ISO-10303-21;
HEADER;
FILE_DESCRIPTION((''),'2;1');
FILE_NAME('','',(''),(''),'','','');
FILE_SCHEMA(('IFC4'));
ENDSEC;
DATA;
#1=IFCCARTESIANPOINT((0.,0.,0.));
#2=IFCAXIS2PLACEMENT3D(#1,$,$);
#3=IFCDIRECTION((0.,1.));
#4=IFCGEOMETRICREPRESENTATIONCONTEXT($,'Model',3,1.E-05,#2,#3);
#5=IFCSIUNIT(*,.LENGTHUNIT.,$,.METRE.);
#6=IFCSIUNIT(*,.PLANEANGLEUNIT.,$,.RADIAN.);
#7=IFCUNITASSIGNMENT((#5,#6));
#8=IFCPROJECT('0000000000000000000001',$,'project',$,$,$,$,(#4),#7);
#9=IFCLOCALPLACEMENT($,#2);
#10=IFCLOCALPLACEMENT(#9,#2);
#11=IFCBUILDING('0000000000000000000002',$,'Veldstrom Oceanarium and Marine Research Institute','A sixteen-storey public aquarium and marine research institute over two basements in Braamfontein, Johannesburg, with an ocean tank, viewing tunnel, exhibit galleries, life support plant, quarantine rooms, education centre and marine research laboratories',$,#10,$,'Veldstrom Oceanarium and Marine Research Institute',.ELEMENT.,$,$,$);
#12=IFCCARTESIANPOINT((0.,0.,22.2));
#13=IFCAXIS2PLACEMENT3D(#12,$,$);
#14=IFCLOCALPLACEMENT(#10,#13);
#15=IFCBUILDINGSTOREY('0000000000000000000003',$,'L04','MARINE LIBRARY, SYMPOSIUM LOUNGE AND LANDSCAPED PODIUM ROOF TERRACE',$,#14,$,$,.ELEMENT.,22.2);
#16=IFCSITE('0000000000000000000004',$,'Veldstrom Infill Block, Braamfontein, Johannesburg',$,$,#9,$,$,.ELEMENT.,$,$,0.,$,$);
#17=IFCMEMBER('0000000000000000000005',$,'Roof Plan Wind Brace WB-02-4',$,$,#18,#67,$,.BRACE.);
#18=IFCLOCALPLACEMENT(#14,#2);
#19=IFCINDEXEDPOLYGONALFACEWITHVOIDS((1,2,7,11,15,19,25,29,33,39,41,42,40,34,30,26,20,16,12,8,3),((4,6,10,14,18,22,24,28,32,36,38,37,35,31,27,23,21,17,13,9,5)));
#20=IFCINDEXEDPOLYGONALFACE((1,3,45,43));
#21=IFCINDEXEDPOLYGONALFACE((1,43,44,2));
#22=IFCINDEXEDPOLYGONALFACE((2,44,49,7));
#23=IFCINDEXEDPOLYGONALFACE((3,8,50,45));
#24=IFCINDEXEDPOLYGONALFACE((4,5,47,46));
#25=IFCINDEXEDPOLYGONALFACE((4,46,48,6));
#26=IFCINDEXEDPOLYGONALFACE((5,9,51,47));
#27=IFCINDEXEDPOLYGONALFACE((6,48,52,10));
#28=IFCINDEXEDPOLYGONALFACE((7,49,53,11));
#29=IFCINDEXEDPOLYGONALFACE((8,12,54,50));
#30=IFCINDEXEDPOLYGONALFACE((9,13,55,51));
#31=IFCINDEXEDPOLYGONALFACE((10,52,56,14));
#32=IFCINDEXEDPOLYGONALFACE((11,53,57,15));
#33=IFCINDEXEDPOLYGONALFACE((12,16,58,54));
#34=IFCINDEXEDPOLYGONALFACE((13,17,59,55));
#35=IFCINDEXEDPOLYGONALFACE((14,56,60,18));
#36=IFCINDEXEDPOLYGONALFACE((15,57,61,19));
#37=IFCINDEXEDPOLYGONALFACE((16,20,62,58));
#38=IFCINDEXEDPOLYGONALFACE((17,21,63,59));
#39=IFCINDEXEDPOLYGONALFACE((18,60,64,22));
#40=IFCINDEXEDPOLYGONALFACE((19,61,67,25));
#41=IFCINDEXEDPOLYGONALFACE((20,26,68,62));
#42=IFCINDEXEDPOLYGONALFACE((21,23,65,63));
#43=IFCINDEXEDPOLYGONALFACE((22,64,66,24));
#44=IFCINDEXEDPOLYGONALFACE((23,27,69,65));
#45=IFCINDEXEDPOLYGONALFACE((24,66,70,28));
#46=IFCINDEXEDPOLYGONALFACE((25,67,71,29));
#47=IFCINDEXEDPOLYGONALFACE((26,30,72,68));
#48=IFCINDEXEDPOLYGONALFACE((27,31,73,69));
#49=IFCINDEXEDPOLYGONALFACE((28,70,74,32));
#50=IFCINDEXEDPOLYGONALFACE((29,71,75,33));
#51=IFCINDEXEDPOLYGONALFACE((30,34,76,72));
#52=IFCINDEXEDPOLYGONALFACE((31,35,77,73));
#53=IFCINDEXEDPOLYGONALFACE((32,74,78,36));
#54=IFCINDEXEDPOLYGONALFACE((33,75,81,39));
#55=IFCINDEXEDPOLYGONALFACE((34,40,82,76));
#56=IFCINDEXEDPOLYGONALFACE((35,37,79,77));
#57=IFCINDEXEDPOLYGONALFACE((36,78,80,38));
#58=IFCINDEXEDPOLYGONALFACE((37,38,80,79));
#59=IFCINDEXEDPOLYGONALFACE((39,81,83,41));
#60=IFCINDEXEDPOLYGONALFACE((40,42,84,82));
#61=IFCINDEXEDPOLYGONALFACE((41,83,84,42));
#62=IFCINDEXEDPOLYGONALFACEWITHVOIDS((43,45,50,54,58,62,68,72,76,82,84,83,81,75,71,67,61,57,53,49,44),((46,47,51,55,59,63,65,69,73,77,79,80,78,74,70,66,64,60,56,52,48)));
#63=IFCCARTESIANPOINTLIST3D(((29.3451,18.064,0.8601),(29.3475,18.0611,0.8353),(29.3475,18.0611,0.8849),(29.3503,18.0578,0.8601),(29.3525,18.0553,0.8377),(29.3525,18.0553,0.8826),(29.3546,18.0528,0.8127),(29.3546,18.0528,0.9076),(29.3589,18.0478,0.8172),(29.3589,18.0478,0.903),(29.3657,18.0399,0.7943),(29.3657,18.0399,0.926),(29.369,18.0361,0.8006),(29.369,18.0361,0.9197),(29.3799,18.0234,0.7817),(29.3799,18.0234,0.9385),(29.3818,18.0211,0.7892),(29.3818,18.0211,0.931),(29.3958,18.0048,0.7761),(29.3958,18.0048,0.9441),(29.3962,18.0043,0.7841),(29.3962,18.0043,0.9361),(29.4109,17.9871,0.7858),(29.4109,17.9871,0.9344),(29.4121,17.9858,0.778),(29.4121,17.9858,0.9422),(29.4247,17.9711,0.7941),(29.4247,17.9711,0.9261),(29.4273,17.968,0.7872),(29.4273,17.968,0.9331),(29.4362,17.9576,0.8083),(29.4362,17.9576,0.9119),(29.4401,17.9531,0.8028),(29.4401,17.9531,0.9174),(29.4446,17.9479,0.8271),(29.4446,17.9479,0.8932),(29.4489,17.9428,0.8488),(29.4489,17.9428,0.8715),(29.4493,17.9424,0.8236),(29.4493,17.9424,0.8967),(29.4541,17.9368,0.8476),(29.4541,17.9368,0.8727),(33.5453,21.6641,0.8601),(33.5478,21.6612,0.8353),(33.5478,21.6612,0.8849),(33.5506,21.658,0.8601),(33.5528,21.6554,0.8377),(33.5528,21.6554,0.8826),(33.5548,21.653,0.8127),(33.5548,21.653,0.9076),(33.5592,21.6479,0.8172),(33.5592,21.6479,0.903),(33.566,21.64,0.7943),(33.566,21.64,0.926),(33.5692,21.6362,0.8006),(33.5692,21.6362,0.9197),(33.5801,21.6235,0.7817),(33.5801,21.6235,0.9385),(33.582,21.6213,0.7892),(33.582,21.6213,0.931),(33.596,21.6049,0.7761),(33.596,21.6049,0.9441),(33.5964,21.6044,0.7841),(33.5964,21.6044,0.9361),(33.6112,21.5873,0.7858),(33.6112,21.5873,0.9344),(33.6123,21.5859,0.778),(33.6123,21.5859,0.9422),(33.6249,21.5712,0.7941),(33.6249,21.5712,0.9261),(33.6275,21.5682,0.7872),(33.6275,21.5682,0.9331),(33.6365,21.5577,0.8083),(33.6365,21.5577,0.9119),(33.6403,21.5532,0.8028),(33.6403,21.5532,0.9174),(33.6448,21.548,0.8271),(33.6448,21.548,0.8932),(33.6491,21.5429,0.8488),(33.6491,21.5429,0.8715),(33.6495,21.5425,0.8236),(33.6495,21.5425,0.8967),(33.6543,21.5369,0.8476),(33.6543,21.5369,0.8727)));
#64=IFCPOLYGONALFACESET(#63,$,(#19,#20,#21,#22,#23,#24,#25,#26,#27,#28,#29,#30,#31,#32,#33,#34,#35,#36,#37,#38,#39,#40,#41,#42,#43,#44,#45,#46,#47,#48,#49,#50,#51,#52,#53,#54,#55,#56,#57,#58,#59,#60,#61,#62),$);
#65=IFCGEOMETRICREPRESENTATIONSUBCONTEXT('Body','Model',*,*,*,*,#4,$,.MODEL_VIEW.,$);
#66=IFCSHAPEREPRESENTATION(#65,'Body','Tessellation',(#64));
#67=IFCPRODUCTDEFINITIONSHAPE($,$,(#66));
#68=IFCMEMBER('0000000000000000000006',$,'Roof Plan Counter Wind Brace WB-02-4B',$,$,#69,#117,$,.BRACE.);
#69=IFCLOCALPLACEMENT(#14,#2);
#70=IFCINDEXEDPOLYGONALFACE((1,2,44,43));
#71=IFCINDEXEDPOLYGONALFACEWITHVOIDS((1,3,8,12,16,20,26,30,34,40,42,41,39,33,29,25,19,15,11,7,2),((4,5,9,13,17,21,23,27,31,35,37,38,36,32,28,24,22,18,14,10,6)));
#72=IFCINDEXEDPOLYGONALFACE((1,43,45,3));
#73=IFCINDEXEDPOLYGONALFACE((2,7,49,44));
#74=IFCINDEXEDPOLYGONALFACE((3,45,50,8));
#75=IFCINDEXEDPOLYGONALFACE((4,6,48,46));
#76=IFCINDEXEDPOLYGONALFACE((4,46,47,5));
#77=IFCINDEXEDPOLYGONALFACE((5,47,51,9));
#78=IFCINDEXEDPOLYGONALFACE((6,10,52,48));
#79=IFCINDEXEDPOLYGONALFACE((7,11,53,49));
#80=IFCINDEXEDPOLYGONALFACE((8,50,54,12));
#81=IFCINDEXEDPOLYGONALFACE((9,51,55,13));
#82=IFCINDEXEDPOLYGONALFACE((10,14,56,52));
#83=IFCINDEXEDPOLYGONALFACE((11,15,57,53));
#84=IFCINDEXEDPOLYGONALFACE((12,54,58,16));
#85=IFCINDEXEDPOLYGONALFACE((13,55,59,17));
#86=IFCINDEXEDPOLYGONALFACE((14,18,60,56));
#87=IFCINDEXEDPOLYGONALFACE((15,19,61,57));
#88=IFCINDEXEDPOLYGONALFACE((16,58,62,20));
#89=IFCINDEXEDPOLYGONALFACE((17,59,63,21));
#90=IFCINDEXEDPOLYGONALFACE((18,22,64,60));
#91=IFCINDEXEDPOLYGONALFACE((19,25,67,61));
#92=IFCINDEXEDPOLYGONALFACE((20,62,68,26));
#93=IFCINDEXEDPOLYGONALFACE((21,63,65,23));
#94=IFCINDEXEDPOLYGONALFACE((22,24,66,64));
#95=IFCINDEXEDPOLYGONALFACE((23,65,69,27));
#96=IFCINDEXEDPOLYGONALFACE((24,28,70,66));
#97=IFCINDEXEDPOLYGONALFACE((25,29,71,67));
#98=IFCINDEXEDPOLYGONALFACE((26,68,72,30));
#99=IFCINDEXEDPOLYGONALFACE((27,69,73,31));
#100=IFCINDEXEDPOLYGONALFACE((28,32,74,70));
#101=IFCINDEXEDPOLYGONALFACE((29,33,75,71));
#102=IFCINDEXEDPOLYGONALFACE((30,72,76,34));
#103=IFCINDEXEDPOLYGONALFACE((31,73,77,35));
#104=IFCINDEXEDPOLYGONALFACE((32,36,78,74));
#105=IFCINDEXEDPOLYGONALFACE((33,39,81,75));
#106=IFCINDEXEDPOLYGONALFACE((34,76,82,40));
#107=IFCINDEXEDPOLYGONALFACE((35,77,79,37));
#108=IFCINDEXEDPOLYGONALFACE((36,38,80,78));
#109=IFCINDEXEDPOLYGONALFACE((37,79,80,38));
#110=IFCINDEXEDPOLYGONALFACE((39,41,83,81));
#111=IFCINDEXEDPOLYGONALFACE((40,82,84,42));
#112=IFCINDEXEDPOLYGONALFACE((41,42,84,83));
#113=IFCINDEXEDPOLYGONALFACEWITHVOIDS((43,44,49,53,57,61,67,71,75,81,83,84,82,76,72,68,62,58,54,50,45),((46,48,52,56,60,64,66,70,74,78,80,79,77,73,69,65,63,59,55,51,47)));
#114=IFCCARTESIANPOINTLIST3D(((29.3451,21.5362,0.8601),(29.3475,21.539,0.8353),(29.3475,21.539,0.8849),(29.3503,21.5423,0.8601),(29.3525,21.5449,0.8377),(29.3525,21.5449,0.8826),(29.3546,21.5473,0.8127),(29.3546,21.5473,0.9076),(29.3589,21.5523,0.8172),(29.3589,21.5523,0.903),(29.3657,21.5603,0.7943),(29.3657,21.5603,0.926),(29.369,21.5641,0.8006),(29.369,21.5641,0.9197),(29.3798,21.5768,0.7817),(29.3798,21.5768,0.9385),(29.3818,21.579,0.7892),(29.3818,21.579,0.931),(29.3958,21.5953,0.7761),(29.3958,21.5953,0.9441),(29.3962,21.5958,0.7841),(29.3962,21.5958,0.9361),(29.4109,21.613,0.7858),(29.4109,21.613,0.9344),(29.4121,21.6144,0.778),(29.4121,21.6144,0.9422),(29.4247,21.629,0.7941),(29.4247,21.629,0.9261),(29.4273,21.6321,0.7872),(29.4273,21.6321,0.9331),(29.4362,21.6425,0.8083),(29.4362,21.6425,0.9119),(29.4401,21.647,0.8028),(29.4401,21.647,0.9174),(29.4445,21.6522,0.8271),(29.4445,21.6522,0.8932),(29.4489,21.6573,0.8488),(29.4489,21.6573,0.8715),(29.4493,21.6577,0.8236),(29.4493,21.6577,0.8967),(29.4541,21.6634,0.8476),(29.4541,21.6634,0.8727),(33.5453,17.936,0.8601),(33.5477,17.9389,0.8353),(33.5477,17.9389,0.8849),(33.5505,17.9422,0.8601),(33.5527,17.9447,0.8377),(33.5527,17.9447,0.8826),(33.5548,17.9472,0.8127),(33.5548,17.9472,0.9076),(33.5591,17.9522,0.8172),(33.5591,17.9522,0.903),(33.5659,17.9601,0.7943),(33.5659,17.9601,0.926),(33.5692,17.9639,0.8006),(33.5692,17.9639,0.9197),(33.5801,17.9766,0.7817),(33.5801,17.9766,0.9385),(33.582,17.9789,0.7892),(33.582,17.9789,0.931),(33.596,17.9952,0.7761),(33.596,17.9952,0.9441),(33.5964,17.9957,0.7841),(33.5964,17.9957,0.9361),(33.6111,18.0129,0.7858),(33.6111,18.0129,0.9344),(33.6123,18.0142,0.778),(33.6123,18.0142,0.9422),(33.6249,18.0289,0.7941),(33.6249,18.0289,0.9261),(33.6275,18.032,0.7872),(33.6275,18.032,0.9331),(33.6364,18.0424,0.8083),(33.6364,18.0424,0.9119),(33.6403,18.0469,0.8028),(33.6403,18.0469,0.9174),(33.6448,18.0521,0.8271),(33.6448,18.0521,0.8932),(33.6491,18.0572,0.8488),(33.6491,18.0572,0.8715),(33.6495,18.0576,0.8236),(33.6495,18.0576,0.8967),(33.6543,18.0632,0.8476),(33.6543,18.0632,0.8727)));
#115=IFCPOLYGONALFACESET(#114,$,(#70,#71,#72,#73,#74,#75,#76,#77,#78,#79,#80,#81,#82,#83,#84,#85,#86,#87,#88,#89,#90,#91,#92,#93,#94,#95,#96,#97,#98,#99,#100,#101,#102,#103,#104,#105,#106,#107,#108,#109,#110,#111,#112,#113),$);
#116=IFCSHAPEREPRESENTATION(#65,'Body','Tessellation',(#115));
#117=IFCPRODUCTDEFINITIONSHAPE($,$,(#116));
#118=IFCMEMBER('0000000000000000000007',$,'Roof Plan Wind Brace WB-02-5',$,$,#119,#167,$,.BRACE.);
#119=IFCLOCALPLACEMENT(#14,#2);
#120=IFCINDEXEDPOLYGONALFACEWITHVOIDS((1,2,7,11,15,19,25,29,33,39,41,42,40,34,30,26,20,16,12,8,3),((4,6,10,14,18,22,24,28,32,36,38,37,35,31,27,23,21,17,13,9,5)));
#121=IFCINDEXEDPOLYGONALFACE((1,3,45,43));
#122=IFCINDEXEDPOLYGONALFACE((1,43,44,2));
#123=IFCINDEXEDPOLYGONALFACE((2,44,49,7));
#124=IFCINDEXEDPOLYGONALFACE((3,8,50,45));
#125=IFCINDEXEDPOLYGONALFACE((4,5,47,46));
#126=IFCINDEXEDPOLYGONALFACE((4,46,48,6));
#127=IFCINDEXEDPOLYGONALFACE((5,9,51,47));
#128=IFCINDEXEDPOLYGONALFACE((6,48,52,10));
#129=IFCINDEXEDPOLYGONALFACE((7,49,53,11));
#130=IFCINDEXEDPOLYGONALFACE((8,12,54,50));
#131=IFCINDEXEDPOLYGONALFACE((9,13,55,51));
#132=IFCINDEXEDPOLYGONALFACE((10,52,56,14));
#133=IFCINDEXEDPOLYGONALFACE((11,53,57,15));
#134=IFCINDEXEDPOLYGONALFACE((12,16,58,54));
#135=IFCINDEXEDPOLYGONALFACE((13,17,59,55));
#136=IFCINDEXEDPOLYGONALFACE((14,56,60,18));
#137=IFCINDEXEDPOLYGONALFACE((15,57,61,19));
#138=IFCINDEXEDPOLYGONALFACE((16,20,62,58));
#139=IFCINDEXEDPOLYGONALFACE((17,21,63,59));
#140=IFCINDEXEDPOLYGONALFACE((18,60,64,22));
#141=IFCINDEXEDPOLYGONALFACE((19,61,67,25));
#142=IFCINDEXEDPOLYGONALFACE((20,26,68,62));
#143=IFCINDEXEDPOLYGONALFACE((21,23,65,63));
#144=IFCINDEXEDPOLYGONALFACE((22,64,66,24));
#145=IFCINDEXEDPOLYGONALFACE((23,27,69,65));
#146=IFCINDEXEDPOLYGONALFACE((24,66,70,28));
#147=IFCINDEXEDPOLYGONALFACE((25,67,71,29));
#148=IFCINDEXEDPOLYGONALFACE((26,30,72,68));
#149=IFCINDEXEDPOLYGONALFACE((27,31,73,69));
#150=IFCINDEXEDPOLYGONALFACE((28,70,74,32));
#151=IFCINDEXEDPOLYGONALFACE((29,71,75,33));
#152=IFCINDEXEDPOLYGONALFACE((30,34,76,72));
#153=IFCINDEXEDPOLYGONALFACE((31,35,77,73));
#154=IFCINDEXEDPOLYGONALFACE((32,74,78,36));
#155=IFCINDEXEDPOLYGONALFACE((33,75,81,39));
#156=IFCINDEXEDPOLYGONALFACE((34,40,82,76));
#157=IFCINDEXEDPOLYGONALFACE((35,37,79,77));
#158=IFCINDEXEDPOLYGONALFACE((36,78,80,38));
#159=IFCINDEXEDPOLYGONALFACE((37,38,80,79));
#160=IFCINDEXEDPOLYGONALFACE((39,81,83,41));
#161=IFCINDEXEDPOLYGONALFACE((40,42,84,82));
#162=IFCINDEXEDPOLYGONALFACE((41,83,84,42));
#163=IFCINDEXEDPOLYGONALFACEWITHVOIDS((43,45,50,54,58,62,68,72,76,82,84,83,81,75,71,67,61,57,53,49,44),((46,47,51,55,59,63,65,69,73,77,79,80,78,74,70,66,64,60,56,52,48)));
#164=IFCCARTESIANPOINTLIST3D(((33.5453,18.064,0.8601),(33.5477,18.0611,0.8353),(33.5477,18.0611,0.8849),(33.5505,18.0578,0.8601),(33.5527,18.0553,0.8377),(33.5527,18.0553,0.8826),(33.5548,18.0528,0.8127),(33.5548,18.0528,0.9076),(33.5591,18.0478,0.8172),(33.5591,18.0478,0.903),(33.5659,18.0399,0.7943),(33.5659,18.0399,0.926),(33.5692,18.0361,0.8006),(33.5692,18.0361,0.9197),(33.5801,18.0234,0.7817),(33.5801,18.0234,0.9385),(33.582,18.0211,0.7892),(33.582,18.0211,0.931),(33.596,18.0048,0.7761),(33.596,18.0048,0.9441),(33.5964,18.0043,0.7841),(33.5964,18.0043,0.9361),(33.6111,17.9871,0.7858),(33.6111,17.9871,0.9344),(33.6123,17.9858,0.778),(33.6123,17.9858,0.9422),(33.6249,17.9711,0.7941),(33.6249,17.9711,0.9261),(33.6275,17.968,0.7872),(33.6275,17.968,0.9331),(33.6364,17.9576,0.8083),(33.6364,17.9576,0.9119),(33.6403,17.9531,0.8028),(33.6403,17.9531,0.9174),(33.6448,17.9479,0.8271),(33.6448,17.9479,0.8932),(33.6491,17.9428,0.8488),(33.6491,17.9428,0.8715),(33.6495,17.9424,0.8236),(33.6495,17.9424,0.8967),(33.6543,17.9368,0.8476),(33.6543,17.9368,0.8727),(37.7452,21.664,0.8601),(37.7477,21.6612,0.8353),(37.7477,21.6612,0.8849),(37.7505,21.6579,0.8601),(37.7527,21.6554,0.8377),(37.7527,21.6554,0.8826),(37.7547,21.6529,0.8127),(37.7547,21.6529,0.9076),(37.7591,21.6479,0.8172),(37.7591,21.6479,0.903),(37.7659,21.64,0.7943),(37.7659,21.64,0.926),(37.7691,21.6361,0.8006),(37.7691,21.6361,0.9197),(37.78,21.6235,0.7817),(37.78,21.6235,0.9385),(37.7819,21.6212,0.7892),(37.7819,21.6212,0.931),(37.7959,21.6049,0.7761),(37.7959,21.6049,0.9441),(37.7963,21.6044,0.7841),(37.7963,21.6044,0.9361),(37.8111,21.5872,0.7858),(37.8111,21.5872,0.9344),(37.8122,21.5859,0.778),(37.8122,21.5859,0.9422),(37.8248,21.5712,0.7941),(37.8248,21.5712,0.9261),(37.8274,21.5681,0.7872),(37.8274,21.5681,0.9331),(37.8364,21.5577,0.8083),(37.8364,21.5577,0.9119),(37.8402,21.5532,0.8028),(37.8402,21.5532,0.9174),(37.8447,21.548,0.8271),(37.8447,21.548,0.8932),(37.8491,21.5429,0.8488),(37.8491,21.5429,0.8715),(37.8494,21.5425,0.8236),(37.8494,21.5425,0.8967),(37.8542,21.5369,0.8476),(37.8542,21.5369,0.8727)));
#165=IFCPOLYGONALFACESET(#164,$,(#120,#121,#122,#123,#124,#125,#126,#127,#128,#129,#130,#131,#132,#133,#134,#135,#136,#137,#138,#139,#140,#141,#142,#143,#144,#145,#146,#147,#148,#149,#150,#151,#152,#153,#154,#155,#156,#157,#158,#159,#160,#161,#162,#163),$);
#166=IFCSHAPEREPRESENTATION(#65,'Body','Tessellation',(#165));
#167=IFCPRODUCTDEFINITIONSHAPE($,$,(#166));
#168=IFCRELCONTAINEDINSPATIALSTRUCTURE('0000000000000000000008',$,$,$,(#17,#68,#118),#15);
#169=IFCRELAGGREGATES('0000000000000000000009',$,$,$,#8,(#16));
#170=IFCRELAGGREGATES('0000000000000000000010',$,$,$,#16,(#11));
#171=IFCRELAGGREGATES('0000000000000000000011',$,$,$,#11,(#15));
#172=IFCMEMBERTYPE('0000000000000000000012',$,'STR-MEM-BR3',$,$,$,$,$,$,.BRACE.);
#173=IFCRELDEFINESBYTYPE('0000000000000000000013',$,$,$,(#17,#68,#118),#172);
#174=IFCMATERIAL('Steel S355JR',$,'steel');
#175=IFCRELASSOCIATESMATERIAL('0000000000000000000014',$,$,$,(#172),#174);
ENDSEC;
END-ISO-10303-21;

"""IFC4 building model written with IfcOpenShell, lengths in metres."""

from ifc_helpers import new_model, si_unit, direction, frame, origin, origin_2d, place, context, subcontext, project, spatial, hollow_circle, extrude, material, material_profile, profile_set, type_object, element, save


model = new_model("IFC4")

# Units and contexts
model_context = context("Model", 3, precision=1e-05, world=origin(), true_north=direction((0.0, 1.0)))
body_context = subcontext(model_context, "Body", "Model", "MODEL_VIEW")
ifc_project = project(units=[si_unit("LENGTHUNIT", "METRE"), si_unit("PLANEANGLEUNIT", "RADIAN")], contexts=[model_context])

# Site, building, storey
site_placement = place(None, origin())
site = spatial("IfcSite", under=ifc_project, at=site_placement, Name="Veldstrom Infill Block, Braamfontein, Johannesburg", CompositionType="ELEMENT", RefElevation=0.0)
building_placement = place(site_placement, origin())
building = spatial("IfcBuilding", under=site, at=building_placement, Name="Veldstrom Oceanarium and Marine Research Institute", Description="A sixteen-storey public aquarium and marine research institute over two basements in Braamfontein, Johannesburg, with an ocean tank, viewing tunnel, exhibit galleries, life support plant, quarantine rooms, education centre and marine research laboratories", LongName="Veldstrom Oceanarium and Marine Research Institute", CompositionType="ELEMENT")
storey_placement = place(building_placement, frame((0.0, 0.0, 22.2)))
storey = spatial("IfcBuildingStorey", under=building, at=storey_placement, Name="L04", Description="MARINE LIBRARY, SYMPOSIUM LOUNGE AND LANDSCAPED PODIUM ROOF TERRACE", CompositionType="ELEMENT", Elevation=22.2)

# Members
ifc_material_1 = material(Name="Steel S355JR", Category="steel")
ifc_material_profile_1 = material_profile(ifc_material_1, hollow_circle(Radius=0.0842, WallThickness=0.0081, at=origin_2d()), Name="CHS 168.3x8")
ifc_profile_set_1 = profile_set([ifc_material_profile_1], Name="Steel S355JR")
member_type_1 = type_object("IfcMemberType", Name="STR-MEM-BR3", PredefinedType="BRACE", material=ifc_profile_set_1)
for number, where, z_axis, x_axis, name in (
    (1, (29.3999, 18.0, 0.8601), (0.759263, 0.650784, 0.0), (-0.650784, 0.759263, 0.0), "Roof Plan Wind Brace WB-02-4"),
    (2, (33.6001, 18.0, 0.8601), (-0.759263, 0.650784, 0.0), (-0.650784, -0.759263, 0.0), "Roof Plan Counter Wind Brace WB-02-4B"),
):
    element("IfcMember", number, at=place(storey_placement, frame(where, z_axis=z_axis, x_axis=x_axis)), inside=storey, type_object=member_type_1, Name=name, PredefinedType="BRACE", context=body_context, shape_type="SweptSolid", body=[
        extrude(hollow_circle(Radius=0.0842, WallThickness=0.0081, at=origin_2d()), origin(), (0.0, 0.0, 1.0), 5.532),
    ])
member_1_placement = place(storey_placement, frame((33.6001, 18.0, 0.8601), z_axis=(0.759244, 0.650806, 0.0), x_axis=(-0.650806, 0.759244, 0.0)))
element("IfcMember", 3, at=member_1_placement, inside=storey, type_object=member_type_1, Name="Roof Plan Wind Brace WB-02-5", PredefinedType="BRACE", context=body_context, shape_type="SweptSolid", body=[
    extrude(hollow_circle(Radius=0.0842, WallThickness=0.0081, at=origin_2d()), origin(), (0.0, 0.0, 1.0), 5.5317),
])

save(model, "model.ifc")
